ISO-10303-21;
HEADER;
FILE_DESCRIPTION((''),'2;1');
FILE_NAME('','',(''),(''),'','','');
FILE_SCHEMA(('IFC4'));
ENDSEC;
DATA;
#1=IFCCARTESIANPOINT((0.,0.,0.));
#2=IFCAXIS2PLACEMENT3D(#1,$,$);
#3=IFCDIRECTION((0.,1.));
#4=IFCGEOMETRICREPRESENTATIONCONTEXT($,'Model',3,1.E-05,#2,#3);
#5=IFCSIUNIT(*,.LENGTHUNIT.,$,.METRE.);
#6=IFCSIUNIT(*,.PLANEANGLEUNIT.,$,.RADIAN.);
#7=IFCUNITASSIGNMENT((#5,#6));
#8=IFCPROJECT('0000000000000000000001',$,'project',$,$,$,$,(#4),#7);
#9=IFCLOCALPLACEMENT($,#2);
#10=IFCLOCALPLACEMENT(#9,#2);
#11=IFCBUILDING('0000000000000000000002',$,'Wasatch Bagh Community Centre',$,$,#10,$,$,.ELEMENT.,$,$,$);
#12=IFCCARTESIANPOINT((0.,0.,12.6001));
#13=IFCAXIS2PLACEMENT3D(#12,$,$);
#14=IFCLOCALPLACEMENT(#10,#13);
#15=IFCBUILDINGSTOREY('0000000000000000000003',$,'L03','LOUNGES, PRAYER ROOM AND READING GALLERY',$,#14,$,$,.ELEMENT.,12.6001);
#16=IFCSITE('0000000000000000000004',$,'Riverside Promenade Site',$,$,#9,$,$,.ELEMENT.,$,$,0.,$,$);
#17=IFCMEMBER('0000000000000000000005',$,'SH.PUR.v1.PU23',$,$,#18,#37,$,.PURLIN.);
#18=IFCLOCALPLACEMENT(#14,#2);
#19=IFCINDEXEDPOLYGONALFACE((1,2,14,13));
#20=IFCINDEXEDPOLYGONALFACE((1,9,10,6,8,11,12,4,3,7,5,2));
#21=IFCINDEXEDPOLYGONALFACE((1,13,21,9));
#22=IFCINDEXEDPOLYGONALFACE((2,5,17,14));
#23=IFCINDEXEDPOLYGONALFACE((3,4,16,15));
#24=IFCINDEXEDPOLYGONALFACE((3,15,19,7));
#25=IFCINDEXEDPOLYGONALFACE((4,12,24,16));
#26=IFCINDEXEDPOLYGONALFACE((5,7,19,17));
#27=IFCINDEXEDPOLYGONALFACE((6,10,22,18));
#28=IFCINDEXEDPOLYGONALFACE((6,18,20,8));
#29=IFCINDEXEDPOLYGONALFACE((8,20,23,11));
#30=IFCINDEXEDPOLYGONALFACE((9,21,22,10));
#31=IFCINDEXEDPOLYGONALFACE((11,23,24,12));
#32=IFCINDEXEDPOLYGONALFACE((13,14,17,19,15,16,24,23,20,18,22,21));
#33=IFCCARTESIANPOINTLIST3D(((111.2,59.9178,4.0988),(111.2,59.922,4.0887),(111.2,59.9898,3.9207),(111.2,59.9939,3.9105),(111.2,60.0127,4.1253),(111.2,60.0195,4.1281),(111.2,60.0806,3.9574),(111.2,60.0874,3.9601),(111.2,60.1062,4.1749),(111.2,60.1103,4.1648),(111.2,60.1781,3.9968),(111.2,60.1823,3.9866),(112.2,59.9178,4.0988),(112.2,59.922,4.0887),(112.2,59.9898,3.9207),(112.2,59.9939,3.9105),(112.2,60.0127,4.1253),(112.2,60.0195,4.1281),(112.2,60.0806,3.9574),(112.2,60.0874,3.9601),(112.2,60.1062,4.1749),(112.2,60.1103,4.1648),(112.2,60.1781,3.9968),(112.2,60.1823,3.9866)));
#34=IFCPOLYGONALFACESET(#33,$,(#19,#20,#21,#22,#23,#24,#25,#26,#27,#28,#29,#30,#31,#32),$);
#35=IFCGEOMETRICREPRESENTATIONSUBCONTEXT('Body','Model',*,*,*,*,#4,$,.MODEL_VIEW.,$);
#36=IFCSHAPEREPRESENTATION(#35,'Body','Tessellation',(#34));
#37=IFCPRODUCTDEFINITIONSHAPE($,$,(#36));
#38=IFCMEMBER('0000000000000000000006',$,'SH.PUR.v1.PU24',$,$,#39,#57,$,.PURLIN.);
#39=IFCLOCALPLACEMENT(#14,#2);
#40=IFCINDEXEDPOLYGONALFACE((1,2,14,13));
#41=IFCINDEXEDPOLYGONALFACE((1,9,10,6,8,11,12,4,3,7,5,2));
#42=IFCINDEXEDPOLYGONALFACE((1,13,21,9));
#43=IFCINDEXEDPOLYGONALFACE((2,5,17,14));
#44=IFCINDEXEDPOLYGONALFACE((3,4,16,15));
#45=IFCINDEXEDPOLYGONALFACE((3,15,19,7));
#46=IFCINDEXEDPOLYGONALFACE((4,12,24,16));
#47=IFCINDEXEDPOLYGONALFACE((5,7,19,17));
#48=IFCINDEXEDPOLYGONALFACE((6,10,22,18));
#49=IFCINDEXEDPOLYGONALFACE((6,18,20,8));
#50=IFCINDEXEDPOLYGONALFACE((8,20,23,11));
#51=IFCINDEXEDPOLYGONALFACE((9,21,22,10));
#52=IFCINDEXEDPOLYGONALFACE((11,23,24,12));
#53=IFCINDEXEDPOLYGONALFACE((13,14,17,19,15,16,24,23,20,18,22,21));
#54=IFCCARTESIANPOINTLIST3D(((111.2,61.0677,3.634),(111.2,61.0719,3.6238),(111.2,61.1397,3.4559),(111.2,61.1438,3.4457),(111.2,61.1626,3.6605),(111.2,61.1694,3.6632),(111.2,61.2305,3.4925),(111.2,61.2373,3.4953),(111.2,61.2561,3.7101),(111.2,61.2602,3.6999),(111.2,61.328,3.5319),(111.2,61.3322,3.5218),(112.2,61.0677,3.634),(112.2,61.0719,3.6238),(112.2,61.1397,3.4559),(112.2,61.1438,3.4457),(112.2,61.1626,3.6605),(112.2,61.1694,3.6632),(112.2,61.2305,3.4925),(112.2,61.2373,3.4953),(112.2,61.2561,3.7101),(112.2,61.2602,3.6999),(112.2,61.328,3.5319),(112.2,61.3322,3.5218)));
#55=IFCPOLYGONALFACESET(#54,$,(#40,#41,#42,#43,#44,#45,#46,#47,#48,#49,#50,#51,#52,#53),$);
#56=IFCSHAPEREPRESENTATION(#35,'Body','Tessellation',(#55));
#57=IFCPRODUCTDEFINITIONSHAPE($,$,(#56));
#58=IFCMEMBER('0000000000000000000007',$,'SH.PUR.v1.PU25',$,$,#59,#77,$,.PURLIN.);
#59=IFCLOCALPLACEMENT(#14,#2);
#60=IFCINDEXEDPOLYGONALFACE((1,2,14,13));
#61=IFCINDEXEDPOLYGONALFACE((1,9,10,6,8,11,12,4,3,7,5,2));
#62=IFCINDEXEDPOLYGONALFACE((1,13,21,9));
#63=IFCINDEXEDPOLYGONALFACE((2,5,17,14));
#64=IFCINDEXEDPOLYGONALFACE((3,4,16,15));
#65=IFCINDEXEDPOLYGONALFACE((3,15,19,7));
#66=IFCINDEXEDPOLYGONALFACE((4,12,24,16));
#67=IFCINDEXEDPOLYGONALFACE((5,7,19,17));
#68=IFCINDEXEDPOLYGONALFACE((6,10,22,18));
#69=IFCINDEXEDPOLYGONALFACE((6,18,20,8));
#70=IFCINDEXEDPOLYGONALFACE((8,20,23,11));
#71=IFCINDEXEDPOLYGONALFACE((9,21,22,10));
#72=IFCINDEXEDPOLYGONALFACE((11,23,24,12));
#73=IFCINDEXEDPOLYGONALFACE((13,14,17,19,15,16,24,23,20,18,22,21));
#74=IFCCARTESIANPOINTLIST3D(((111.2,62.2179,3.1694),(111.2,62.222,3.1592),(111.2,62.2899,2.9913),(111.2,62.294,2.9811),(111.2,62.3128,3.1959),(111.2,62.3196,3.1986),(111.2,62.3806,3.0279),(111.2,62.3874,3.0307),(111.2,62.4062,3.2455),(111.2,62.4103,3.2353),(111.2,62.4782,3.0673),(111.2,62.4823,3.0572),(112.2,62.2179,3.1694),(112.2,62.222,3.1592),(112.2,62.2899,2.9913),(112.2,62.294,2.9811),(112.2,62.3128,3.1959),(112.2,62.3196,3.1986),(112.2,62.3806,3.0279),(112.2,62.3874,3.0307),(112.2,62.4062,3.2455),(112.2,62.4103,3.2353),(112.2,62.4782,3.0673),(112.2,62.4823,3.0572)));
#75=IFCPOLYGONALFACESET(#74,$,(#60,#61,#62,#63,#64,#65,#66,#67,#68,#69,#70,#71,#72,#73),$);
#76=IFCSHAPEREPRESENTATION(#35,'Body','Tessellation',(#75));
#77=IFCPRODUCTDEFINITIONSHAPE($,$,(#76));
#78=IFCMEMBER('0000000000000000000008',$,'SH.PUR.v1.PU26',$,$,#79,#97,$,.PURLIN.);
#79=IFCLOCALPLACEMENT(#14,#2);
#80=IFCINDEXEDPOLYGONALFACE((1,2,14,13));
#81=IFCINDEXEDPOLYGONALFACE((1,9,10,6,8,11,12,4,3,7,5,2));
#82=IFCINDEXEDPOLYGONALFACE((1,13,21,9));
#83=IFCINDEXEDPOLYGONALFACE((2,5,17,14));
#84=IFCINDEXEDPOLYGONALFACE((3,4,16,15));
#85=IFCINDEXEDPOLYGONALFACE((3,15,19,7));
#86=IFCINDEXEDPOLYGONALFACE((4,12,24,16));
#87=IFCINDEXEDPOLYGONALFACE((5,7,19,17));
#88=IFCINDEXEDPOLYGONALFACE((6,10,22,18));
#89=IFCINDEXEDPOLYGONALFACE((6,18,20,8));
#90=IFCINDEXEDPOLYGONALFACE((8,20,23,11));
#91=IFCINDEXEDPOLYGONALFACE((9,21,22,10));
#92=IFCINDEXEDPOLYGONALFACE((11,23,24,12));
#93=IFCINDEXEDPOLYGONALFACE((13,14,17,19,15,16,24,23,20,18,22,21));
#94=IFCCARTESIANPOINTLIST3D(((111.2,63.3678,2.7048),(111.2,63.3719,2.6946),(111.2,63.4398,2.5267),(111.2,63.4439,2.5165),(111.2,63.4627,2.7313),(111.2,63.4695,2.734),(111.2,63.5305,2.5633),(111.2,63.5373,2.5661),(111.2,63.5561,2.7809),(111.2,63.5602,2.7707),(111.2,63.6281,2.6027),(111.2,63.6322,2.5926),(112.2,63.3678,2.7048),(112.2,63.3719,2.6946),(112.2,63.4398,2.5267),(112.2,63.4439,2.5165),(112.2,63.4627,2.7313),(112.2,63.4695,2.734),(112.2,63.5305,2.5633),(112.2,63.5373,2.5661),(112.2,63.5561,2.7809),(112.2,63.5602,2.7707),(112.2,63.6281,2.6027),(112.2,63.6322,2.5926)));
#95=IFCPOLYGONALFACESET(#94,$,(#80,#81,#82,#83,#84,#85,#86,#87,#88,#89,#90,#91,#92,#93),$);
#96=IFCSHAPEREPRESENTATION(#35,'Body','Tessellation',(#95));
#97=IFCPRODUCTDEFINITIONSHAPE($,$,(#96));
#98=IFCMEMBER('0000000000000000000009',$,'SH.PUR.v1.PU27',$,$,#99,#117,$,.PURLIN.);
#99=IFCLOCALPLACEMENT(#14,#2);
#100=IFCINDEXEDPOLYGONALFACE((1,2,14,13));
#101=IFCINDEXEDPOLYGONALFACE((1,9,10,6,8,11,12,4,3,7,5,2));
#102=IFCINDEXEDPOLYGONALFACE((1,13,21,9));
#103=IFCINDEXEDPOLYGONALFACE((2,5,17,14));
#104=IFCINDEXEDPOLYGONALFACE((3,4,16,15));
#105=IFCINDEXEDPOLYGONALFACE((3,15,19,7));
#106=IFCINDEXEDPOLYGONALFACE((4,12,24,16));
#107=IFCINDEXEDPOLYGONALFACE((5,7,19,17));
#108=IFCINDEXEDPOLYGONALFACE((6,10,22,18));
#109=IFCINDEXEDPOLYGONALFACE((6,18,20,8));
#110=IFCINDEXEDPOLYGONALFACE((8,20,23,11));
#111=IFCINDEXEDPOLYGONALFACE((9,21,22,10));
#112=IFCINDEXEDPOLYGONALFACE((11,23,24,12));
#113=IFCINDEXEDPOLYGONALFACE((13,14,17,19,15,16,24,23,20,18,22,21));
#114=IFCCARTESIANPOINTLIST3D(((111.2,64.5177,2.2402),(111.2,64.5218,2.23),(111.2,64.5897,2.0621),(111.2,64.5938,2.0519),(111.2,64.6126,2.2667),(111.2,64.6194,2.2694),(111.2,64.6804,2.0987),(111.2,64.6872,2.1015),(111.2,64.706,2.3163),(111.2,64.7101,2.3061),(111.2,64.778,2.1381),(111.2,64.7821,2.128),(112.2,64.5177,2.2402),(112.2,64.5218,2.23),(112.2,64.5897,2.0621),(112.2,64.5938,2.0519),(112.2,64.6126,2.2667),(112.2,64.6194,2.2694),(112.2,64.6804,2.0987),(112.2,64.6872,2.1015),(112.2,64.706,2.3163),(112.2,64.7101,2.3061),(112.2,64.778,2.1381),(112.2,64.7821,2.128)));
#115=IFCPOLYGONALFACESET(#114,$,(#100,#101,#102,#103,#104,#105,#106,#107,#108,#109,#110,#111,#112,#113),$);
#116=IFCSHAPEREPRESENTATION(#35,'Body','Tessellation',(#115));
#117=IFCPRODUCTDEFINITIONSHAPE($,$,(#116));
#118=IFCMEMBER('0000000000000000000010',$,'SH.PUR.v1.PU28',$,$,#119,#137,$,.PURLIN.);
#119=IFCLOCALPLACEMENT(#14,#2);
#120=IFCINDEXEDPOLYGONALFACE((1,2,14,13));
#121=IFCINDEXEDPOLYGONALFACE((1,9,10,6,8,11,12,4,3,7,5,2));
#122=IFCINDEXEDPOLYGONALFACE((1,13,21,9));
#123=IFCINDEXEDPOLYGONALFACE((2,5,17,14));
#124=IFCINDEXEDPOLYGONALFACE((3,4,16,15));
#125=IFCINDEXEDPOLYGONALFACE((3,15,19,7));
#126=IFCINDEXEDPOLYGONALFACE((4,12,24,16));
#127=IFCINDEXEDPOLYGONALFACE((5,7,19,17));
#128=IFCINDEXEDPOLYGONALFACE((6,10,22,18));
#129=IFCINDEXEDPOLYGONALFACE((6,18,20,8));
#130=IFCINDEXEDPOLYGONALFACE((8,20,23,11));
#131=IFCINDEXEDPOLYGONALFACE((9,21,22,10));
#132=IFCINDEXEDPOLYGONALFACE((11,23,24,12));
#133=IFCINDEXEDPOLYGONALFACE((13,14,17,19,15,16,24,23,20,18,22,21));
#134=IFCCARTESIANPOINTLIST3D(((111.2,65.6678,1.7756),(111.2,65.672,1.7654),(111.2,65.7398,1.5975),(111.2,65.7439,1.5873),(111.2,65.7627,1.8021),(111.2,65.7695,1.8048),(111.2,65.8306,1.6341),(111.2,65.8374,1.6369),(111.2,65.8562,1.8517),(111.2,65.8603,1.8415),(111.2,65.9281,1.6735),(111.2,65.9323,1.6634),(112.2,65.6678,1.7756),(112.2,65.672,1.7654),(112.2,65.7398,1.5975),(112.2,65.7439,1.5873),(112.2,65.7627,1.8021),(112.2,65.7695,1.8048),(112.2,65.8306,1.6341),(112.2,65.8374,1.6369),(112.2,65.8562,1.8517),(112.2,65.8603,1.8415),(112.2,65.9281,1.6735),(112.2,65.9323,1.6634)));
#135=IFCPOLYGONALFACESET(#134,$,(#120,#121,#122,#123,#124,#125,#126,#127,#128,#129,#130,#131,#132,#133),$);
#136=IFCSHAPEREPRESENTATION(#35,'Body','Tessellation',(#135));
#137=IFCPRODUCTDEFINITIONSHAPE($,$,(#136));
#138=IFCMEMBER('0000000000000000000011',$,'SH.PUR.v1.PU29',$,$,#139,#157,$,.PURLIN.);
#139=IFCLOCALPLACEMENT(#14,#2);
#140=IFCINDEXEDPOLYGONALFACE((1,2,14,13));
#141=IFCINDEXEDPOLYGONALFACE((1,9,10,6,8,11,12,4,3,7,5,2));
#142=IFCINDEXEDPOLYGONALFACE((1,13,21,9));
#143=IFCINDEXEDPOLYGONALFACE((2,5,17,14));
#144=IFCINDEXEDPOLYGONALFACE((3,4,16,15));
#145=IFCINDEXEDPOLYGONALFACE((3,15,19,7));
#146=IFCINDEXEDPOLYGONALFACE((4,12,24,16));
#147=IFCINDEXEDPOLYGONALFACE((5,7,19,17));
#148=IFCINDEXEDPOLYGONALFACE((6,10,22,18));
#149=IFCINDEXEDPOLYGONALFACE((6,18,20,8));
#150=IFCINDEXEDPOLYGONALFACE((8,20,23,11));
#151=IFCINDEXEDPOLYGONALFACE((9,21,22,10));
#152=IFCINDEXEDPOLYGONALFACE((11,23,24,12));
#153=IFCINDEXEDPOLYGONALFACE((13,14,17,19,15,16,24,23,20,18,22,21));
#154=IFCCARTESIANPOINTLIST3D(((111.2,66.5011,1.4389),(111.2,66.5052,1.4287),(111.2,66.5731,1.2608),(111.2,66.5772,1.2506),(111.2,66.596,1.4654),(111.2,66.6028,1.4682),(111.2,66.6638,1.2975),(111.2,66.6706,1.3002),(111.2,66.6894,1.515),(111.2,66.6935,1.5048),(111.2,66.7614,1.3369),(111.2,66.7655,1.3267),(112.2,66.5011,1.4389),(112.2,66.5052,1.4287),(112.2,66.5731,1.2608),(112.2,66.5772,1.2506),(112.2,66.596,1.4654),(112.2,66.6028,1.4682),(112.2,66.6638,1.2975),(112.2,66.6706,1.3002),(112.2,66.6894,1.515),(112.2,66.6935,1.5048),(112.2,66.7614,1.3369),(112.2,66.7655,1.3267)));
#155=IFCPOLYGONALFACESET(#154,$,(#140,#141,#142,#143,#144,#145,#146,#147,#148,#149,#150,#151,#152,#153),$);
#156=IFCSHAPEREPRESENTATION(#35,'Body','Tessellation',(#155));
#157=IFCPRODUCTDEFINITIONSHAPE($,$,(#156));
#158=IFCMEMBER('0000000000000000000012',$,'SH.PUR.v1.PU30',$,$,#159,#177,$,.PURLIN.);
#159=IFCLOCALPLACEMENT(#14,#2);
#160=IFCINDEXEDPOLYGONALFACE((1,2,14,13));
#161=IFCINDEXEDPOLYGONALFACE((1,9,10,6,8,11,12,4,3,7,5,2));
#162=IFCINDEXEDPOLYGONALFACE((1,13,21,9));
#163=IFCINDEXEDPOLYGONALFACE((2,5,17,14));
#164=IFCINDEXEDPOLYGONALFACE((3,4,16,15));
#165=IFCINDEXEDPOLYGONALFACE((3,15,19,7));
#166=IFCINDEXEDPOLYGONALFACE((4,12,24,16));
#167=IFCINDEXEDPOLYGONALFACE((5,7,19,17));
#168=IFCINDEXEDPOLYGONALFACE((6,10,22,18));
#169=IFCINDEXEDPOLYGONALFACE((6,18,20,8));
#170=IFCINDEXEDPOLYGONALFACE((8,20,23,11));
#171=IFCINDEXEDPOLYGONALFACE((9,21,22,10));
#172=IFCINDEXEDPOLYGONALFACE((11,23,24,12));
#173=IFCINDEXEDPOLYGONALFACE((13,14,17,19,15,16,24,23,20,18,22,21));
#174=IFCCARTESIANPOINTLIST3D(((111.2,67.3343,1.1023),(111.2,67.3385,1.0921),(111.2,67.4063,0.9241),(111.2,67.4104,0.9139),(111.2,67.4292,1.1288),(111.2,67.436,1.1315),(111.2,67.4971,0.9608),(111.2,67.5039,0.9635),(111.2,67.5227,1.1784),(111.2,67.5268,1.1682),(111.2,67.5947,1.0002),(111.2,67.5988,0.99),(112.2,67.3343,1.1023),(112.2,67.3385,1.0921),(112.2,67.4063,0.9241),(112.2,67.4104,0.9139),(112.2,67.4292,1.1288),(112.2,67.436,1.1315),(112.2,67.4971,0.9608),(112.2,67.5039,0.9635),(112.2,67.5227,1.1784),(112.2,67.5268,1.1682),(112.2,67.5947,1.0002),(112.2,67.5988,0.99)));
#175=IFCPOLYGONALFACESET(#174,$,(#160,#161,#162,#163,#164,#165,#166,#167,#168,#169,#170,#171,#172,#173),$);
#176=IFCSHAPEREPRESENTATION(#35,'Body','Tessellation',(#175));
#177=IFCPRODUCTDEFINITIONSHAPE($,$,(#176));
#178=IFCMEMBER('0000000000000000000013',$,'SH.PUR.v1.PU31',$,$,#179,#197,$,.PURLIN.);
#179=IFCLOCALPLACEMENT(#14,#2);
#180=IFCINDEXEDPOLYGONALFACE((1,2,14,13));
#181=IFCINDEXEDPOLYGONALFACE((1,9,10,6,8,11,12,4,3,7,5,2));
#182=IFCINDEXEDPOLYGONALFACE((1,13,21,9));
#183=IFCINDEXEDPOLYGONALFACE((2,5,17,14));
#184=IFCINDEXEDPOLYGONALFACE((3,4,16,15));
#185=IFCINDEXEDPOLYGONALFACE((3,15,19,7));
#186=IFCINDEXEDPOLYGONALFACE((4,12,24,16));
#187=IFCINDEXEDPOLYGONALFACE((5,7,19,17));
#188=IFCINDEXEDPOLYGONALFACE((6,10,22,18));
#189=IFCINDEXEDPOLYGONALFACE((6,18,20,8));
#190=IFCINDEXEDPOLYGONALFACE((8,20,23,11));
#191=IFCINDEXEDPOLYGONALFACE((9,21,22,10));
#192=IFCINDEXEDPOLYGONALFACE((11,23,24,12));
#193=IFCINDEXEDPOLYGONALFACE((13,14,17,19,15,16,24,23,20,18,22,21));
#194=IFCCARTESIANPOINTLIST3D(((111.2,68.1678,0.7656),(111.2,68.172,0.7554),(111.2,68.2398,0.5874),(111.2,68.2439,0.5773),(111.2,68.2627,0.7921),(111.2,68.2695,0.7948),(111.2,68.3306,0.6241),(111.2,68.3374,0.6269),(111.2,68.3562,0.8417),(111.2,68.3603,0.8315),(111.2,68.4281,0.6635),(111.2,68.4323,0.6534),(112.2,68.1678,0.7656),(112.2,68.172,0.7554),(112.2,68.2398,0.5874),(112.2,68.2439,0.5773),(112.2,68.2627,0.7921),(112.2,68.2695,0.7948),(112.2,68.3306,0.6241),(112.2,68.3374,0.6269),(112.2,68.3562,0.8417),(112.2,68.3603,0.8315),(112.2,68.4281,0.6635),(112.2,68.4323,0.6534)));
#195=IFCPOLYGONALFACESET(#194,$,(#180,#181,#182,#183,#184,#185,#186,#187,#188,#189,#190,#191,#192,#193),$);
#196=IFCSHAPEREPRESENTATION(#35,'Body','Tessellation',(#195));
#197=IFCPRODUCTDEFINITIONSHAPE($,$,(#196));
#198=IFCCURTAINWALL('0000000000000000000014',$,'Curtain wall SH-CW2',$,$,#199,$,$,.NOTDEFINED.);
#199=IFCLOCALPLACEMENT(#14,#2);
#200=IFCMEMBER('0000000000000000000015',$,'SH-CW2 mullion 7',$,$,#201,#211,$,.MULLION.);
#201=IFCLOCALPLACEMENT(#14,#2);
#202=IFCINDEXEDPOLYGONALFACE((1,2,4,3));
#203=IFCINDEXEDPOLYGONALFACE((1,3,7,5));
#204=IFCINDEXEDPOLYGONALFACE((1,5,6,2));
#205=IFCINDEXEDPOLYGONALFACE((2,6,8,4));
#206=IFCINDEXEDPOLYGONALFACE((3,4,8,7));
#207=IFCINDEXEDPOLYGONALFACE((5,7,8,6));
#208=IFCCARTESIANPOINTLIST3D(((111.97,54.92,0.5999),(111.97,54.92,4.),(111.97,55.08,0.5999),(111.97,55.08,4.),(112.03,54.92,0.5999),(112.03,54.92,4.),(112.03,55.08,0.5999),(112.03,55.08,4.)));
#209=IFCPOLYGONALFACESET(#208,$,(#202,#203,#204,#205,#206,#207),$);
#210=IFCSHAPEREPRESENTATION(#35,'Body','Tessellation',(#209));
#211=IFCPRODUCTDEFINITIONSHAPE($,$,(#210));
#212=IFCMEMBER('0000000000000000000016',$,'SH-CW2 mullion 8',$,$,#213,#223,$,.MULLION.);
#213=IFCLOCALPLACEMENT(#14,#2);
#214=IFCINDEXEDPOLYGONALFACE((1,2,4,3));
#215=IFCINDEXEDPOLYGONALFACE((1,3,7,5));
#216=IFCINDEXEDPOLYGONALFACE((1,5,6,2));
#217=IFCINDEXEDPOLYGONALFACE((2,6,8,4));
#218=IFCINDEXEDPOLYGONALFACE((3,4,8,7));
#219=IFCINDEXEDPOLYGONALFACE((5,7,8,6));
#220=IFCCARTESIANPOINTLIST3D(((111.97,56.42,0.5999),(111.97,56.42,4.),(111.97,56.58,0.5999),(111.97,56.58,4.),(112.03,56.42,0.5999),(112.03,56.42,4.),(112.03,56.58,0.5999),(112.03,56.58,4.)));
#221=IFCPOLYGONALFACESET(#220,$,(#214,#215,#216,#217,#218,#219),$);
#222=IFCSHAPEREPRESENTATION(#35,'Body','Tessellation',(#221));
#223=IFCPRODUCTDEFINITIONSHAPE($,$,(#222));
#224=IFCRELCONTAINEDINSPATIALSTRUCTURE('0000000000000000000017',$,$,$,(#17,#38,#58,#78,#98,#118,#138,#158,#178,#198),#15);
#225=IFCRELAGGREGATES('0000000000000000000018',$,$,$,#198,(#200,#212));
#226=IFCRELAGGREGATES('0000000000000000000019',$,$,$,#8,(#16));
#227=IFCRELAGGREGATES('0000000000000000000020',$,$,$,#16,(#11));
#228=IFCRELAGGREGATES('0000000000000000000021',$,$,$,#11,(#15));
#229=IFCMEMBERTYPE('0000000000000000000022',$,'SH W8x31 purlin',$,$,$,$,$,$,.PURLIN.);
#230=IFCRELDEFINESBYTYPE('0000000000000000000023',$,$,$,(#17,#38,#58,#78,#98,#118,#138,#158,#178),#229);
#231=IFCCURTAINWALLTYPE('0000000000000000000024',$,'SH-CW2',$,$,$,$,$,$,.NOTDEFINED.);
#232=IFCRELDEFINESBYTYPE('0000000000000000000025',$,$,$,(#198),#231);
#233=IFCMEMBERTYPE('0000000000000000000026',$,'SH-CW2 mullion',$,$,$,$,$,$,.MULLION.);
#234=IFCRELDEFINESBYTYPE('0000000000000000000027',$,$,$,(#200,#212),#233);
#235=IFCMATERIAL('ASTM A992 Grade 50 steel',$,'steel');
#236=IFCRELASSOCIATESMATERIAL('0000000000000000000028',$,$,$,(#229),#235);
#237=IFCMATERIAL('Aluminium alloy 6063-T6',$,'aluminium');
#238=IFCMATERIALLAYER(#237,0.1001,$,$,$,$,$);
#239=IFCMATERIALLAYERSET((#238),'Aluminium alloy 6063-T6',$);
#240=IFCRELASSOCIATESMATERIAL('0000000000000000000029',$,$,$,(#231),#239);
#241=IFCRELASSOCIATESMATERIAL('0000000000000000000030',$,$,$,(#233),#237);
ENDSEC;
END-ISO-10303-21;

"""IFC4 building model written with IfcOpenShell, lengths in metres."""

from ifc_helpers import new_model, si_unit, direction, frame, origin, origin_2d, place, context, subcontext, project, spatial, rectangle, i_section, extrude, material, layer, layer_set, material_profile, profile_set, type_object, element, aggregate, save


model = new_model("IFC4")

# Units and contexts
model_context = context("Model", 3, precision=1e-05, world=origin(), true_north=direction((0.0, 1.0)))
body_context = subcontext(model_context, "Body", "Model", "MODEL_VIEW")
ifc_project = project(units=[si_unit("LENGTHUNIT", "METRE"), si_unit("PLANEANGLEUNIT", "RADIAN")], contexts=[model_context])

# Site, building, storey
site_placement = place(None, origin())
site = spatial("IfcSite", under=ifc_project, at=site_placement, Name="Riverside Promenade Site", CompositionType="ELEMENT", RefElevation=0.0)
building_placement = place(site_placement, origin())
building = spatial("IfcBuilding", under=site, at=building_placement, Name="Wasatch Bagh Community Centre", CompositionType="ELEMENT")
storey_placement = place(building_placement, frame((0.0, 0.0, 12.6001)))
storey = spatial("IfcBuildingStorey", under=building, at=storey_placement, Name="L03", Description="LOUNGES, PRAYER ROOM AND READING GALLERY", CompositionType="ELEMENT", Elevation=12.6001)

# Members
ifc_material_1 = material(Name="ASTM A992 Grade 50 steel", Category="steel")
ifc_material_profile_1 = material_profile(ifc_material_1, i_section(OverallWidth=0.2031, OverallDepth=0.2031, WebThickness=0.0073, FlangeThickness=0.011, at=origin_2d()), Name="W8x31")
ifc_profile_set_1 = profile_set([ifc_material_profile_1], Name="ASTM A992 Grade 50 steel")
member_type_1 = type_object("IfcMemberType", Name="SH W8x31 purlin", PredefinedType="PURLIN", material=ifc_profile_set_1)
for number, where, z_axis, x_axis, name in (
    (1, (111.2, 60.05, 4.0427), (1.0, 0.0, 0.0), (0.0, 0.927184, 0.374607), "SH.PUR.v1.PU23"),
    (2, (111.2, 61.2, 3.5779), (1.0, 0.0, 0.0), (0.0, 0.927184, 0.374607), "SH.PUR.v1.PU24"),
    (3, (111.2, 62.3501, 3.1133), (1.0, 0.0, 0.0), (0.0, 0.927184, 0.374607), "SH.PUR.v1.PU25"),
    (4, (111.2, 63.5, 2.6487), (1.0, 0.0, 0.0), (0.0, 0.927184, 0.374607), "SH.PUR.v1.PU26"),
    (5, (111.2, 64.6499, 2.1841), (1.0, 0.0, 0.0), (0.0, 0.927184, 0.374607), "SH.PUR.v1.PU27"),
    (6, (111.2, 65.8, 1.7195), (1.0, 0.0, 0.0), (0.0, 0.927184, 0.374607), "SH.PUR.v1.PU28"),
    (7, (111.2, 66.6333, 1.3828), (1.0, 0.0, 0.0), (0.0, 0.927184, 0.374607), "SH.PUR.v1.PU29"),
    (8, (111.2, 67.4666, 1.0461), (1.0, 0.0, 0.0), (0.0, 0.927184, 0.374607), "SH.PUR.v1.PU30"),
    (9, (111.2, 68.3, 0.7095), (1.0, 0.0, 0.0), (0.0, 0.927184, 0.374607), "SH.PUR.v1.PU31"),
):
    element("IfcMember", number, at=place(storey_placement, frame(where, z_axis=z_axis, x_axis=x_axis)), inside=storey, type_object=member_type_1, Name=name, PredefinedType="PURLIN", context=body_context, shape_type="SweptSolid", body=[
        extrude(i_section(OverallWidth=0.2031, OverallDepth=0.2031, WebThickness=0.0073, FlangeThickness=0.011, at=origin_2d()), origin(), (0.0, 0.0, 1.0), 1.0),
    ])

# Curtain wall, members
ifc_material_2 = material(Name="Aluminium alloy 6063-T6", Category="aluminium")
ifc_layer_1 = layer(ifc_material_2, 0.1001)
ifc_layer_set_1 = layer_set([ifc_layer_1], Name="Aluminium alloy 6063-T6")
curtain_wall_type = type_object("IfcCurtainWallType", Name="SH-CW2", PredefinedType="NOTDEFINED", material=ifc_layer_set_1)
curtain_wall_placement = place(storey_placement, origin())
curtain_wall = element("IfcCurtainWall", 10, at=curtain_wall_placement, inside=storey, type_object=curtain_wall_type, Name="Curtain wall SH-CW2", PredefinedType="NOTDEFINED")
ifc_material_profile_2 = material_profile(ifc_material_2, rectangle(XDim=0.0601, YDim=0.1599, at=origin_2d()), Name="AL 60x160")
ifc_profile_set_2 = profile_set([ifc_material_profile_2], Name="Aluminium alloy 6063-T6")
member_type_2 = type_object("IfcMemberType", Name="SH-CW2 mullion", PredefinedType="MULLION", material=ifc_profile_set_2)
member_1_placement = place(storey_placement, frame((112.0, 55.0, 0.5999), z_axis=(0.0, 0.0, 1.0), x_axis=(-1.0, 0.0, 0.0)))
member_1 = element("IfcMember", 11, at=member_1_placement, type_object=member_type_2, Name="SH-CW2 mullion 7", PredefinedType="MULLION", context=body_context, shape_type="SweptSolid", body=[
    extrude(rectangle(XDim=0.0601, YDim=0.1599, at=origin_2d()), origin(), (0.0, 0.0, 1.0), 3.4001),
])
member_2_placement = place(storey_placement, frame((112.0, 56.5, 0.5999), z_axis=(0.0, 0.0, 1.0), x_axis=(-1.0, 0.0, 0.0)))
member_2 = element("IfcMember", 12, at=member_2_placement, type_object=member_type_2, Name="SH-CW2 mullion 8", PredefinedType="MULLION", context=body_context, shape_type="SweptSolid", body=[
    extrude(rectangle(XDim=0.0601, YDim=0.1599, at=origin_2d()), origin(), (0.0, 0.0, 1.0), 3.4001),
])

aggregate(curtain_wall, [member_1, member_2])

save(model, "model.ifc")
